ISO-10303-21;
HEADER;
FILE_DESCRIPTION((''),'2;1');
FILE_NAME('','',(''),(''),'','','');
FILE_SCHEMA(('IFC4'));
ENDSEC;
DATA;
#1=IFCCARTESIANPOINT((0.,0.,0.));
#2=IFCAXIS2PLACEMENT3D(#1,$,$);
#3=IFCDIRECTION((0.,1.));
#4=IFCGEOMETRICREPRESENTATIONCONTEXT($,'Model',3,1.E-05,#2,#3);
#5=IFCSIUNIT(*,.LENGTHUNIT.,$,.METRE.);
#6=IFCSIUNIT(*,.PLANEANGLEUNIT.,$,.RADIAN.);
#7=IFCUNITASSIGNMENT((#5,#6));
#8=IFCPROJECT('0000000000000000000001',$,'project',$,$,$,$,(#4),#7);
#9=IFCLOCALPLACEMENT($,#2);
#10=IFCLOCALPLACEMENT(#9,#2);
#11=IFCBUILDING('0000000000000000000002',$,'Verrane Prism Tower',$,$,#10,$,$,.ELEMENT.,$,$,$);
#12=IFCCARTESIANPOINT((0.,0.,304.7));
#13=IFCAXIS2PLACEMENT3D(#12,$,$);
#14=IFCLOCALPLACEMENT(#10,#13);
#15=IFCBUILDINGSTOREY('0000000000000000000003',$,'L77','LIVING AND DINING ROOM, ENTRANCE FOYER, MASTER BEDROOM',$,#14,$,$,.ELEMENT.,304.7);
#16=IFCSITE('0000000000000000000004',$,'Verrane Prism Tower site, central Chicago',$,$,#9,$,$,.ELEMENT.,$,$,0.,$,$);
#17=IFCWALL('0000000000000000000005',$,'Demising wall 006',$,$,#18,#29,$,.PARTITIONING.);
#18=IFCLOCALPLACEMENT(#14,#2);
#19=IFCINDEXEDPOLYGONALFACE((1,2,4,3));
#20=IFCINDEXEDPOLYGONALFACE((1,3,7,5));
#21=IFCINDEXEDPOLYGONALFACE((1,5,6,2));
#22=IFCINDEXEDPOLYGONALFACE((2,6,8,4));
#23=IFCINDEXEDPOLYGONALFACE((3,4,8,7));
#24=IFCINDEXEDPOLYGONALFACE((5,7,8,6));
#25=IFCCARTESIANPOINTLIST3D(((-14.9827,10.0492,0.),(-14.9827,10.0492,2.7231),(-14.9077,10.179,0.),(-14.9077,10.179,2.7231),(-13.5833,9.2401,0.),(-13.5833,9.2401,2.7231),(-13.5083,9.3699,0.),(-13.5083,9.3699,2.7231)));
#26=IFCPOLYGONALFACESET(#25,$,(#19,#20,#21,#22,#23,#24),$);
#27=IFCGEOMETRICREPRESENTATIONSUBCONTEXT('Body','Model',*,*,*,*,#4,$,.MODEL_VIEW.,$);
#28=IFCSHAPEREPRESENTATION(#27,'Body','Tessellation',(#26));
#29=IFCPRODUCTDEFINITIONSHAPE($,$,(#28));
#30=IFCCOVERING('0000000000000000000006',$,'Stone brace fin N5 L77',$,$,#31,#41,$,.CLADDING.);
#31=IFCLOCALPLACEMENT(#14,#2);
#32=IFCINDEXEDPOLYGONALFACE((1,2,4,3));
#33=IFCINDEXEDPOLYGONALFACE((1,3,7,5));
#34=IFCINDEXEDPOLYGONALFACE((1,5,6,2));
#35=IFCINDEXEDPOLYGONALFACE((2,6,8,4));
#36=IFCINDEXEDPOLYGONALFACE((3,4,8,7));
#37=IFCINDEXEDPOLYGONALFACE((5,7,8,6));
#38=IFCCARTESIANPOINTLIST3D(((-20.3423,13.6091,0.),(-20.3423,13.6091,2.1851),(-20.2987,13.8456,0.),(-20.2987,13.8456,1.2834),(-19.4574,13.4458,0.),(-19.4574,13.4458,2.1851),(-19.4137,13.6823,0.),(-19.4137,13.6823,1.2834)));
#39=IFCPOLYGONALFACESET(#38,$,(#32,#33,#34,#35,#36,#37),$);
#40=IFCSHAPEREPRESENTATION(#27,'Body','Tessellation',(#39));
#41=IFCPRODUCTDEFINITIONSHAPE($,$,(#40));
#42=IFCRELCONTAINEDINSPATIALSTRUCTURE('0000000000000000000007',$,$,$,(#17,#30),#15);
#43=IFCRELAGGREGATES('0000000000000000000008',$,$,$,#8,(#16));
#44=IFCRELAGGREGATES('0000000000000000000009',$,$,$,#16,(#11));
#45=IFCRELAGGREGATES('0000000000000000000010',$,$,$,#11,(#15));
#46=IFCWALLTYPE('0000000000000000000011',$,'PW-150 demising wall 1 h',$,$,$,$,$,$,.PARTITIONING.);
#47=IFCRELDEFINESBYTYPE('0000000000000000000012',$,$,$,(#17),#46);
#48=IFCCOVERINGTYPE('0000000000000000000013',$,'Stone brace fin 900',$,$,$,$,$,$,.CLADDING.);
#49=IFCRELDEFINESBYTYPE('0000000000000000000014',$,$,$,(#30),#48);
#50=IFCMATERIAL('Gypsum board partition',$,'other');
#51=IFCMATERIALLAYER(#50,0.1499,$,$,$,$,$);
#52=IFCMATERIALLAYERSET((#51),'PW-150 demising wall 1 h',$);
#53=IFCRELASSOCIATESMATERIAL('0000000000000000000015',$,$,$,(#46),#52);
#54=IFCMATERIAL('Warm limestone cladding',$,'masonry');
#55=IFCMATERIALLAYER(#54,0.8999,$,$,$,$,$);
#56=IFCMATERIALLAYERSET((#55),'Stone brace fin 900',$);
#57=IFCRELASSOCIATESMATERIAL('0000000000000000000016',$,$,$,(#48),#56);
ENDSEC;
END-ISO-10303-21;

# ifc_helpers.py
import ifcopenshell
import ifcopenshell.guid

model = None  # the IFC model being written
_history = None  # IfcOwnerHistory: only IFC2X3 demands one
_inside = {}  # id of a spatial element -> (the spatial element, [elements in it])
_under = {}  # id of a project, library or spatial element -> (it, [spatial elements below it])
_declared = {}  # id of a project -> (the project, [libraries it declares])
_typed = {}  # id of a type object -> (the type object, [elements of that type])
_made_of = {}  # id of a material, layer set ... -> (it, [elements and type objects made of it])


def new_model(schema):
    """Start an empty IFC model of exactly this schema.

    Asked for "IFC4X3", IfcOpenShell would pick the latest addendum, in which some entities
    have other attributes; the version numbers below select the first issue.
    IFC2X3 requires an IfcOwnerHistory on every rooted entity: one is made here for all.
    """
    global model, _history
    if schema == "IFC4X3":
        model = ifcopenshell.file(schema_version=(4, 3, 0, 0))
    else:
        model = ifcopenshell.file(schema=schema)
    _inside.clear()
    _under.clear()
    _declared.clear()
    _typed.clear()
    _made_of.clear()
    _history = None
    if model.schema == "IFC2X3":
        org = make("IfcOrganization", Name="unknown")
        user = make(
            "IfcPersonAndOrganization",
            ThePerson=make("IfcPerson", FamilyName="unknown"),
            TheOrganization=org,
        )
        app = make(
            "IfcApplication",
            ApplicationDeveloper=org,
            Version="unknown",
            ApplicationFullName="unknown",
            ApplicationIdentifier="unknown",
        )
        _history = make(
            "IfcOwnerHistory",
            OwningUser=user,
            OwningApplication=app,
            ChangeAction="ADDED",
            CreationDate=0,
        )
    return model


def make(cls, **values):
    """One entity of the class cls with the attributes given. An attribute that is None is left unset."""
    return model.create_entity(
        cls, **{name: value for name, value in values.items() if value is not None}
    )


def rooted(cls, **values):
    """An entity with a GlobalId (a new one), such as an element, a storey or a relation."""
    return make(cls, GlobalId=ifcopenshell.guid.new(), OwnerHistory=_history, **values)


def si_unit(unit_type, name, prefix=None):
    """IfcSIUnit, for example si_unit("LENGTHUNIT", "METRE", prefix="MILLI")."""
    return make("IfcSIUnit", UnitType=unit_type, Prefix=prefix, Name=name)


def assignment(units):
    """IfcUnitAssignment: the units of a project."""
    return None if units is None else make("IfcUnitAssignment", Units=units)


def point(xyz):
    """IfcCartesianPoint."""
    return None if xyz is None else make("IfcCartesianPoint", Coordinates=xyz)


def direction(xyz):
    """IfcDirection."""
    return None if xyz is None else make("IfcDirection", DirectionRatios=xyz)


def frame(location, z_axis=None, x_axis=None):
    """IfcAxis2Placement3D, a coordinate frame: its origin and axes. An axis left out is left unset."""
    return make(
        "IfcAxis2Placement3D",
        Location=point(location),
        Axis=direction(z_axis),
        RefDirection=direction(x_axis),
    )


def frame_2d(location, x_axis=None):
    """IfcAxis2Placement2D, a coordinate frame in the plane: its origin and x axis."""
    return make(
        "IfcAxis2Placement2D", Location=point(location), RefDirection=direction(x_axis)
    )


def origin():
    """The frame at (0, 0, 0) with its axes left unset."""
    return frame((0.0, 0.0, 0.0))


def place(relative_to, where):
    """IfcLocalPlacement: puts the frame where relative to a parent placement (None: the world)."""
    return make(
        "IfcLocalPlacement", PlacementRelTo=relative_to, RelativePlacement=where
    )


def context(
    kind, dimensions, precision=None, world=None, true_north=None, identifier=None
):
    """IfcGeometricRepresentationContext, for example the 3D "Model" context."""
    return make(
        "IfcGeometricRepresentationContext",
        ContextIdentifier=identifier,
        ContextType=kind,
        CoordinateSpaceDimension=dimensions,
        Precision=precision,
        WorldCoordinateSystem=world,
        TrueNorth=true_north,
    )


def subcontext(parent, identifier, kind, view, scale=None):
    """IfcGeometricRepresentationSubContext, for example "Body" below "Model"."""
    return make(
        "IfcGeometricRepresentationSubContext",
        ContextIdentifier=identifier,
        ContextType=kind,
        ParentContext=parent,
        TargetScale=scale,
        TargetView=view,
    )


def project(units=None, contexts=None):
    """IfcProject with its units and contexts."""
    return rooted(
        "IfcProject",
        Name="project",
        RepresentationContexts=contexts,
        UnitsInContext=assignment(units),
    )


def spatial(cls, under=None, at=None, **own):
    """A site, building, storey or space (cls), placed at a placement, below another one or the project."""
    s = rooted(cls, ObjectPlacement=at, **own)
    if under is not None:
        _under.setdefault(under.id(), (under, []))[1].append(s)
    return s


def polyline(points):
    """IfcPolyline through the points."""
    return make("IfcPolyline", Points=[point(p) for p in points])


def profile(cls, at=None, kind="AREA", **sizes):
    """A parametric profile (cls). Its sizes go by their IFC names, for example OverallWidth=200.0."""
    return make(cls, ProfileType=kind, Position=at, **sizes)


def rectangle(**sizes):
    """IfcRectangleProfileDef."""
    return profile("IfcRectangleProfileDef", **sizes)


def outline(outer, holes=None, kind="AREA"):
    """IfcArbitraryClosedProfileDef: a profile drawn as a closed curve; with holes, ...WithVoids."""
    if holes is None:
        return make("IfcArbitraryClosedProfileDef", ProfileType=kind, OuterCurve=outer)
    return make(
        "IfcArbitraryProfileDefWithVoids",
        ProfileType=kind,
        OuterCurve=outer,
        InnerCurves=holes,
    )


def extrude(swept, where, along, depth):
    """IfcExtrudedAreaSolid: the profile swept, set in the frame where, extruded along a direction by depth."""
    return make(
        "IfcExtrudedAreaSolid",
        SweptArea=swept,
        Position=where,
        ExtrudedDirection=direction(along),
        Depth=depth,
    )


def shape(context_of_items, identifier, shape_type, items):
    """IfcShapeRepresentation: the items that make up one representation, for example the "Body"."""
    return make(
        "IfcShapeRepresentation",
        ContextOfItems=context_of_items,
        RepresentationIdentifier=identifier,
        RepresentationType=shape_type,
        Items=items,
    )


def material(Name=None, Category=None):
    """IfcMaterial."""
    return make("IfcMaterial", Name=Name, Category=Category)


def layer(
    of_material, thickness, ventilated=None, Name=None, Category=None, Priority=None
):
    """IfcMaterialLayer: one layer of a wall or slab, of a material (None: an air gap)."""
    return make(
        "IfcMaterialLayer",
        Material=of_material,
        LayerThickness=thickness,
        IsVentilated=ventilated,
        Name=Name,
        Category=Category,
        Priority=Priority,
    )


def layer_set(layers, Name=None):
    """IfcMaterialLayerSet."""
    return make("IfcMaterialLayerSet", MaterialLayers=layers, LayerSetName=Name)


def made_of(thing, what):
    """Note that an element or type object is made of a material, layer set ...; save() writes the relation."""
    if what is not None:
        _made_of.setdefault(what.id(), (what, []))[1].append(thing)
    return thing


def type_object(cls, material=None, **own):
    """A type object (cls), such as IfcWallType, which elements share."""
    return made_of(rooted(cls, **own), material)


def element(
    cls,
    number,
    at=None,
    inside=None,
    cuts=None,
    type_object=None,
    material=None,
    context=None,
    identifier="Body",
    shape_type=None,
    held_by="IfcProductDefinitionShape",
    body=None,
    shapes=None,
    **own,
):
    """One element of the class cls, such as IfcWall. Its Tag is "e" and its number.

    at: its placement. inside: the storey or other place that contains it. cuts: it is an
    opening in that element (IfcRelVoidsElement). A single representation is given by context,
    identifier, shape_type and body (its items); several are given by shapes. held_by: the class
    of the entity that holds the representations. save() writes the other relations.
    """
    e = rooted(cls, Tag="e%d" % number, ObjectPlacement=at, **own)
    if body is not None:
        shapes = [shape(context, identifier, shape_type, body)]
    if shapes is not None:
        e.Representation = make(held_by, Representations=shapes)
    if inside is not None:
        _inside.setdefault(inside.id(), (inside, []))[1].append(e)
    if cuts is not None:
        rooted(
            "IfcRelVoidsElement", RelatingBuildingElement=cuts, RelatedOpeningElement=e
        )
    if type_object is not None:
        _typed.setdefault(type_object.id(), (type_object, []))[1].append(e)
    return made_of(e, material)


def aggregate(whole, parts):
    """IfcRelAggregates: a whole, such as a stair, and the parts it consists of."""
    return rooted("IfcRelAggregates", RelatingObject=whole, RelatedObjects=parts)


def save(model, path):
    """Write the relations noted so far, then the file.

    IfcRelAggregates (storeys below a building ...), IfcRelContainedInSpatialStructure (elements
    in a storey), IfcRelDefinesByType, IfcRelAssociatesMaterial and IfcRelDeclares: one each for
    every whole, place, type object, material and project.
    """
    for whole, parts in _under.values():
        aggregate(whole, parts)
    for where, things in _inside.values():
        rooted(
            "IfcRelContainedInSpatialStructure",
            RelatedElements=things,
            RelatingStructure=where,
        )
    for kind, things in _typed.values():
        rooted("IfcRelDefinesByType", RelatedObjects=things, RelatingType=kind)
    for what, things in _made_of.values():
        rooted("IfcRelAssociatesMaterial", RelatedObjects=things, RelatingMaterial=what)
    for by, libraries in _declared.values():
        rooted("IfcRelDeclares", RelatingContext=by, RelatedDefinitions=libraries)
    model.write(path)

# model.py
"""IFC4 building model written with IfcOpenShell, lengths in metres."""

from ifc_helpers import new_model, si_unit, direction, frame, frame_2d, origin, place, context, subcontext, project, spatial, polyline, rectangle, outline, extrude, material, layer, layer_set, type_object, element, save


model = new_model("IFC4")

# Units and contexts
model_context = context("Model", 3, precision=1e-05, world=origin(), true_north=direction((0.0, 1.0)))
body_context = subcontext(model_context, "Body", "Model", "MODEL_VIEW")
ifc_project = project(units=[si_unit("LENGTHUNIT", "METRE"), si_unit("PLANEANGLEUNIT", "RADIAN")], contexts=[model_context])

# Site, building, storey
site_placement = place(None, origin())
site = spatial("IfcSite", under=ifc_project, at=site_placement, Name="Verrane Prism Tower site, central Chicago", CompositionType="ELEMENT", RefElevation=0.0)
building_placement = place(site_placement, origin())
building = spatial("IfcBuilding", under=site, at=building_placement, Name="Verrane Prism Tower", CompositionType="ELEMENT")
storey_placement = place(building_placement, frame((0.0, 0.0, 304.7)))
storey = spatial("IfcBuildingStorey", under=building, at=storey_placement, Name="L77", Description="LIVING AND DINING ROOM, ENTRANCE FOYER, MASTER BEDROOM", CompositionType="ELEMENT", Elevation=304.7)

# Wall
ifc_material_1 = material(Name="Gypsum board partition", Category="other")
ifc_layer_1 = layer(ifc_material_1, 0.1499)
ifc_layer_set_1 = layer_set([ifc_layer_1], Name="PW-150 demising wall 1 h")
wall_type = type_object("IfcWallType", Name="PW-150 demising wall 1 h", PredefinedType="PARTITIONING", material=ifc_layer_set_1)
wall_1_placement = place(storey_placement, frame((-14.9451, 10.114, 0.0), z_axis=(0.0, 0.0, 1.0), x_axis=(0.865723, -0.500524, 0.0)))
element("IfcWall", 1, at=wall_1_placement, inside=storey, type_object=wall_type, Name="Demising wall 006", PredefinedType="PARTITIONING", context=body_context, shape_type="SweptSolid", body=[
    extrude(rectangle(XDim=1.6165, YDim=0.1499, at=frame_2d((0.8081, 0.0))), origin(), (0.0, 0.0, 1.0), 2.7231),
])

# Covering
ifc_material_2 = material(Name="Warm limestone cladding", Category="masonry")
ifc_layer_2 = layer(ifc_material_2, 0.8999)
ifc_layer_set_2 = layer_set([ifc_layer_2], Name="Stone brace fin 900")
covering_type = type_object("IfcCoveringType", Name="Stone brace fin 900", PredefinedType="CLADDING", material=ifc_layer_set_2)
covering_placement = place(storey_placement, frame((-19.8562, 13.7639, 0.0), z_axis=(0.0, 0.0, 1.0), x_axis=(-0.181472, -0.983396, 0.0)))
element("IfcCovering", 2, at=covering_placement, inside=storey, type_object=covering_type, Name="Stone brace fin N5 L77", PredefinedType="CLADDING", context=body_context, shape_type="SweptSolid", body=[
    extrude(outline(polyline([(0.0, 0.0), (0.2405, 0.0), (0.2405, 2.1851), (0.0, 1.2834), (0.0, 0.0)])), frame((0.0, 0.45, 0.0), z_axis=(0.0, -1.0, 0.0), x_axis=(1.0, 0.0, 0.0)), (0.0, 0.0, 1.0), 0.8999),
])

save(model, "model.ifc")
